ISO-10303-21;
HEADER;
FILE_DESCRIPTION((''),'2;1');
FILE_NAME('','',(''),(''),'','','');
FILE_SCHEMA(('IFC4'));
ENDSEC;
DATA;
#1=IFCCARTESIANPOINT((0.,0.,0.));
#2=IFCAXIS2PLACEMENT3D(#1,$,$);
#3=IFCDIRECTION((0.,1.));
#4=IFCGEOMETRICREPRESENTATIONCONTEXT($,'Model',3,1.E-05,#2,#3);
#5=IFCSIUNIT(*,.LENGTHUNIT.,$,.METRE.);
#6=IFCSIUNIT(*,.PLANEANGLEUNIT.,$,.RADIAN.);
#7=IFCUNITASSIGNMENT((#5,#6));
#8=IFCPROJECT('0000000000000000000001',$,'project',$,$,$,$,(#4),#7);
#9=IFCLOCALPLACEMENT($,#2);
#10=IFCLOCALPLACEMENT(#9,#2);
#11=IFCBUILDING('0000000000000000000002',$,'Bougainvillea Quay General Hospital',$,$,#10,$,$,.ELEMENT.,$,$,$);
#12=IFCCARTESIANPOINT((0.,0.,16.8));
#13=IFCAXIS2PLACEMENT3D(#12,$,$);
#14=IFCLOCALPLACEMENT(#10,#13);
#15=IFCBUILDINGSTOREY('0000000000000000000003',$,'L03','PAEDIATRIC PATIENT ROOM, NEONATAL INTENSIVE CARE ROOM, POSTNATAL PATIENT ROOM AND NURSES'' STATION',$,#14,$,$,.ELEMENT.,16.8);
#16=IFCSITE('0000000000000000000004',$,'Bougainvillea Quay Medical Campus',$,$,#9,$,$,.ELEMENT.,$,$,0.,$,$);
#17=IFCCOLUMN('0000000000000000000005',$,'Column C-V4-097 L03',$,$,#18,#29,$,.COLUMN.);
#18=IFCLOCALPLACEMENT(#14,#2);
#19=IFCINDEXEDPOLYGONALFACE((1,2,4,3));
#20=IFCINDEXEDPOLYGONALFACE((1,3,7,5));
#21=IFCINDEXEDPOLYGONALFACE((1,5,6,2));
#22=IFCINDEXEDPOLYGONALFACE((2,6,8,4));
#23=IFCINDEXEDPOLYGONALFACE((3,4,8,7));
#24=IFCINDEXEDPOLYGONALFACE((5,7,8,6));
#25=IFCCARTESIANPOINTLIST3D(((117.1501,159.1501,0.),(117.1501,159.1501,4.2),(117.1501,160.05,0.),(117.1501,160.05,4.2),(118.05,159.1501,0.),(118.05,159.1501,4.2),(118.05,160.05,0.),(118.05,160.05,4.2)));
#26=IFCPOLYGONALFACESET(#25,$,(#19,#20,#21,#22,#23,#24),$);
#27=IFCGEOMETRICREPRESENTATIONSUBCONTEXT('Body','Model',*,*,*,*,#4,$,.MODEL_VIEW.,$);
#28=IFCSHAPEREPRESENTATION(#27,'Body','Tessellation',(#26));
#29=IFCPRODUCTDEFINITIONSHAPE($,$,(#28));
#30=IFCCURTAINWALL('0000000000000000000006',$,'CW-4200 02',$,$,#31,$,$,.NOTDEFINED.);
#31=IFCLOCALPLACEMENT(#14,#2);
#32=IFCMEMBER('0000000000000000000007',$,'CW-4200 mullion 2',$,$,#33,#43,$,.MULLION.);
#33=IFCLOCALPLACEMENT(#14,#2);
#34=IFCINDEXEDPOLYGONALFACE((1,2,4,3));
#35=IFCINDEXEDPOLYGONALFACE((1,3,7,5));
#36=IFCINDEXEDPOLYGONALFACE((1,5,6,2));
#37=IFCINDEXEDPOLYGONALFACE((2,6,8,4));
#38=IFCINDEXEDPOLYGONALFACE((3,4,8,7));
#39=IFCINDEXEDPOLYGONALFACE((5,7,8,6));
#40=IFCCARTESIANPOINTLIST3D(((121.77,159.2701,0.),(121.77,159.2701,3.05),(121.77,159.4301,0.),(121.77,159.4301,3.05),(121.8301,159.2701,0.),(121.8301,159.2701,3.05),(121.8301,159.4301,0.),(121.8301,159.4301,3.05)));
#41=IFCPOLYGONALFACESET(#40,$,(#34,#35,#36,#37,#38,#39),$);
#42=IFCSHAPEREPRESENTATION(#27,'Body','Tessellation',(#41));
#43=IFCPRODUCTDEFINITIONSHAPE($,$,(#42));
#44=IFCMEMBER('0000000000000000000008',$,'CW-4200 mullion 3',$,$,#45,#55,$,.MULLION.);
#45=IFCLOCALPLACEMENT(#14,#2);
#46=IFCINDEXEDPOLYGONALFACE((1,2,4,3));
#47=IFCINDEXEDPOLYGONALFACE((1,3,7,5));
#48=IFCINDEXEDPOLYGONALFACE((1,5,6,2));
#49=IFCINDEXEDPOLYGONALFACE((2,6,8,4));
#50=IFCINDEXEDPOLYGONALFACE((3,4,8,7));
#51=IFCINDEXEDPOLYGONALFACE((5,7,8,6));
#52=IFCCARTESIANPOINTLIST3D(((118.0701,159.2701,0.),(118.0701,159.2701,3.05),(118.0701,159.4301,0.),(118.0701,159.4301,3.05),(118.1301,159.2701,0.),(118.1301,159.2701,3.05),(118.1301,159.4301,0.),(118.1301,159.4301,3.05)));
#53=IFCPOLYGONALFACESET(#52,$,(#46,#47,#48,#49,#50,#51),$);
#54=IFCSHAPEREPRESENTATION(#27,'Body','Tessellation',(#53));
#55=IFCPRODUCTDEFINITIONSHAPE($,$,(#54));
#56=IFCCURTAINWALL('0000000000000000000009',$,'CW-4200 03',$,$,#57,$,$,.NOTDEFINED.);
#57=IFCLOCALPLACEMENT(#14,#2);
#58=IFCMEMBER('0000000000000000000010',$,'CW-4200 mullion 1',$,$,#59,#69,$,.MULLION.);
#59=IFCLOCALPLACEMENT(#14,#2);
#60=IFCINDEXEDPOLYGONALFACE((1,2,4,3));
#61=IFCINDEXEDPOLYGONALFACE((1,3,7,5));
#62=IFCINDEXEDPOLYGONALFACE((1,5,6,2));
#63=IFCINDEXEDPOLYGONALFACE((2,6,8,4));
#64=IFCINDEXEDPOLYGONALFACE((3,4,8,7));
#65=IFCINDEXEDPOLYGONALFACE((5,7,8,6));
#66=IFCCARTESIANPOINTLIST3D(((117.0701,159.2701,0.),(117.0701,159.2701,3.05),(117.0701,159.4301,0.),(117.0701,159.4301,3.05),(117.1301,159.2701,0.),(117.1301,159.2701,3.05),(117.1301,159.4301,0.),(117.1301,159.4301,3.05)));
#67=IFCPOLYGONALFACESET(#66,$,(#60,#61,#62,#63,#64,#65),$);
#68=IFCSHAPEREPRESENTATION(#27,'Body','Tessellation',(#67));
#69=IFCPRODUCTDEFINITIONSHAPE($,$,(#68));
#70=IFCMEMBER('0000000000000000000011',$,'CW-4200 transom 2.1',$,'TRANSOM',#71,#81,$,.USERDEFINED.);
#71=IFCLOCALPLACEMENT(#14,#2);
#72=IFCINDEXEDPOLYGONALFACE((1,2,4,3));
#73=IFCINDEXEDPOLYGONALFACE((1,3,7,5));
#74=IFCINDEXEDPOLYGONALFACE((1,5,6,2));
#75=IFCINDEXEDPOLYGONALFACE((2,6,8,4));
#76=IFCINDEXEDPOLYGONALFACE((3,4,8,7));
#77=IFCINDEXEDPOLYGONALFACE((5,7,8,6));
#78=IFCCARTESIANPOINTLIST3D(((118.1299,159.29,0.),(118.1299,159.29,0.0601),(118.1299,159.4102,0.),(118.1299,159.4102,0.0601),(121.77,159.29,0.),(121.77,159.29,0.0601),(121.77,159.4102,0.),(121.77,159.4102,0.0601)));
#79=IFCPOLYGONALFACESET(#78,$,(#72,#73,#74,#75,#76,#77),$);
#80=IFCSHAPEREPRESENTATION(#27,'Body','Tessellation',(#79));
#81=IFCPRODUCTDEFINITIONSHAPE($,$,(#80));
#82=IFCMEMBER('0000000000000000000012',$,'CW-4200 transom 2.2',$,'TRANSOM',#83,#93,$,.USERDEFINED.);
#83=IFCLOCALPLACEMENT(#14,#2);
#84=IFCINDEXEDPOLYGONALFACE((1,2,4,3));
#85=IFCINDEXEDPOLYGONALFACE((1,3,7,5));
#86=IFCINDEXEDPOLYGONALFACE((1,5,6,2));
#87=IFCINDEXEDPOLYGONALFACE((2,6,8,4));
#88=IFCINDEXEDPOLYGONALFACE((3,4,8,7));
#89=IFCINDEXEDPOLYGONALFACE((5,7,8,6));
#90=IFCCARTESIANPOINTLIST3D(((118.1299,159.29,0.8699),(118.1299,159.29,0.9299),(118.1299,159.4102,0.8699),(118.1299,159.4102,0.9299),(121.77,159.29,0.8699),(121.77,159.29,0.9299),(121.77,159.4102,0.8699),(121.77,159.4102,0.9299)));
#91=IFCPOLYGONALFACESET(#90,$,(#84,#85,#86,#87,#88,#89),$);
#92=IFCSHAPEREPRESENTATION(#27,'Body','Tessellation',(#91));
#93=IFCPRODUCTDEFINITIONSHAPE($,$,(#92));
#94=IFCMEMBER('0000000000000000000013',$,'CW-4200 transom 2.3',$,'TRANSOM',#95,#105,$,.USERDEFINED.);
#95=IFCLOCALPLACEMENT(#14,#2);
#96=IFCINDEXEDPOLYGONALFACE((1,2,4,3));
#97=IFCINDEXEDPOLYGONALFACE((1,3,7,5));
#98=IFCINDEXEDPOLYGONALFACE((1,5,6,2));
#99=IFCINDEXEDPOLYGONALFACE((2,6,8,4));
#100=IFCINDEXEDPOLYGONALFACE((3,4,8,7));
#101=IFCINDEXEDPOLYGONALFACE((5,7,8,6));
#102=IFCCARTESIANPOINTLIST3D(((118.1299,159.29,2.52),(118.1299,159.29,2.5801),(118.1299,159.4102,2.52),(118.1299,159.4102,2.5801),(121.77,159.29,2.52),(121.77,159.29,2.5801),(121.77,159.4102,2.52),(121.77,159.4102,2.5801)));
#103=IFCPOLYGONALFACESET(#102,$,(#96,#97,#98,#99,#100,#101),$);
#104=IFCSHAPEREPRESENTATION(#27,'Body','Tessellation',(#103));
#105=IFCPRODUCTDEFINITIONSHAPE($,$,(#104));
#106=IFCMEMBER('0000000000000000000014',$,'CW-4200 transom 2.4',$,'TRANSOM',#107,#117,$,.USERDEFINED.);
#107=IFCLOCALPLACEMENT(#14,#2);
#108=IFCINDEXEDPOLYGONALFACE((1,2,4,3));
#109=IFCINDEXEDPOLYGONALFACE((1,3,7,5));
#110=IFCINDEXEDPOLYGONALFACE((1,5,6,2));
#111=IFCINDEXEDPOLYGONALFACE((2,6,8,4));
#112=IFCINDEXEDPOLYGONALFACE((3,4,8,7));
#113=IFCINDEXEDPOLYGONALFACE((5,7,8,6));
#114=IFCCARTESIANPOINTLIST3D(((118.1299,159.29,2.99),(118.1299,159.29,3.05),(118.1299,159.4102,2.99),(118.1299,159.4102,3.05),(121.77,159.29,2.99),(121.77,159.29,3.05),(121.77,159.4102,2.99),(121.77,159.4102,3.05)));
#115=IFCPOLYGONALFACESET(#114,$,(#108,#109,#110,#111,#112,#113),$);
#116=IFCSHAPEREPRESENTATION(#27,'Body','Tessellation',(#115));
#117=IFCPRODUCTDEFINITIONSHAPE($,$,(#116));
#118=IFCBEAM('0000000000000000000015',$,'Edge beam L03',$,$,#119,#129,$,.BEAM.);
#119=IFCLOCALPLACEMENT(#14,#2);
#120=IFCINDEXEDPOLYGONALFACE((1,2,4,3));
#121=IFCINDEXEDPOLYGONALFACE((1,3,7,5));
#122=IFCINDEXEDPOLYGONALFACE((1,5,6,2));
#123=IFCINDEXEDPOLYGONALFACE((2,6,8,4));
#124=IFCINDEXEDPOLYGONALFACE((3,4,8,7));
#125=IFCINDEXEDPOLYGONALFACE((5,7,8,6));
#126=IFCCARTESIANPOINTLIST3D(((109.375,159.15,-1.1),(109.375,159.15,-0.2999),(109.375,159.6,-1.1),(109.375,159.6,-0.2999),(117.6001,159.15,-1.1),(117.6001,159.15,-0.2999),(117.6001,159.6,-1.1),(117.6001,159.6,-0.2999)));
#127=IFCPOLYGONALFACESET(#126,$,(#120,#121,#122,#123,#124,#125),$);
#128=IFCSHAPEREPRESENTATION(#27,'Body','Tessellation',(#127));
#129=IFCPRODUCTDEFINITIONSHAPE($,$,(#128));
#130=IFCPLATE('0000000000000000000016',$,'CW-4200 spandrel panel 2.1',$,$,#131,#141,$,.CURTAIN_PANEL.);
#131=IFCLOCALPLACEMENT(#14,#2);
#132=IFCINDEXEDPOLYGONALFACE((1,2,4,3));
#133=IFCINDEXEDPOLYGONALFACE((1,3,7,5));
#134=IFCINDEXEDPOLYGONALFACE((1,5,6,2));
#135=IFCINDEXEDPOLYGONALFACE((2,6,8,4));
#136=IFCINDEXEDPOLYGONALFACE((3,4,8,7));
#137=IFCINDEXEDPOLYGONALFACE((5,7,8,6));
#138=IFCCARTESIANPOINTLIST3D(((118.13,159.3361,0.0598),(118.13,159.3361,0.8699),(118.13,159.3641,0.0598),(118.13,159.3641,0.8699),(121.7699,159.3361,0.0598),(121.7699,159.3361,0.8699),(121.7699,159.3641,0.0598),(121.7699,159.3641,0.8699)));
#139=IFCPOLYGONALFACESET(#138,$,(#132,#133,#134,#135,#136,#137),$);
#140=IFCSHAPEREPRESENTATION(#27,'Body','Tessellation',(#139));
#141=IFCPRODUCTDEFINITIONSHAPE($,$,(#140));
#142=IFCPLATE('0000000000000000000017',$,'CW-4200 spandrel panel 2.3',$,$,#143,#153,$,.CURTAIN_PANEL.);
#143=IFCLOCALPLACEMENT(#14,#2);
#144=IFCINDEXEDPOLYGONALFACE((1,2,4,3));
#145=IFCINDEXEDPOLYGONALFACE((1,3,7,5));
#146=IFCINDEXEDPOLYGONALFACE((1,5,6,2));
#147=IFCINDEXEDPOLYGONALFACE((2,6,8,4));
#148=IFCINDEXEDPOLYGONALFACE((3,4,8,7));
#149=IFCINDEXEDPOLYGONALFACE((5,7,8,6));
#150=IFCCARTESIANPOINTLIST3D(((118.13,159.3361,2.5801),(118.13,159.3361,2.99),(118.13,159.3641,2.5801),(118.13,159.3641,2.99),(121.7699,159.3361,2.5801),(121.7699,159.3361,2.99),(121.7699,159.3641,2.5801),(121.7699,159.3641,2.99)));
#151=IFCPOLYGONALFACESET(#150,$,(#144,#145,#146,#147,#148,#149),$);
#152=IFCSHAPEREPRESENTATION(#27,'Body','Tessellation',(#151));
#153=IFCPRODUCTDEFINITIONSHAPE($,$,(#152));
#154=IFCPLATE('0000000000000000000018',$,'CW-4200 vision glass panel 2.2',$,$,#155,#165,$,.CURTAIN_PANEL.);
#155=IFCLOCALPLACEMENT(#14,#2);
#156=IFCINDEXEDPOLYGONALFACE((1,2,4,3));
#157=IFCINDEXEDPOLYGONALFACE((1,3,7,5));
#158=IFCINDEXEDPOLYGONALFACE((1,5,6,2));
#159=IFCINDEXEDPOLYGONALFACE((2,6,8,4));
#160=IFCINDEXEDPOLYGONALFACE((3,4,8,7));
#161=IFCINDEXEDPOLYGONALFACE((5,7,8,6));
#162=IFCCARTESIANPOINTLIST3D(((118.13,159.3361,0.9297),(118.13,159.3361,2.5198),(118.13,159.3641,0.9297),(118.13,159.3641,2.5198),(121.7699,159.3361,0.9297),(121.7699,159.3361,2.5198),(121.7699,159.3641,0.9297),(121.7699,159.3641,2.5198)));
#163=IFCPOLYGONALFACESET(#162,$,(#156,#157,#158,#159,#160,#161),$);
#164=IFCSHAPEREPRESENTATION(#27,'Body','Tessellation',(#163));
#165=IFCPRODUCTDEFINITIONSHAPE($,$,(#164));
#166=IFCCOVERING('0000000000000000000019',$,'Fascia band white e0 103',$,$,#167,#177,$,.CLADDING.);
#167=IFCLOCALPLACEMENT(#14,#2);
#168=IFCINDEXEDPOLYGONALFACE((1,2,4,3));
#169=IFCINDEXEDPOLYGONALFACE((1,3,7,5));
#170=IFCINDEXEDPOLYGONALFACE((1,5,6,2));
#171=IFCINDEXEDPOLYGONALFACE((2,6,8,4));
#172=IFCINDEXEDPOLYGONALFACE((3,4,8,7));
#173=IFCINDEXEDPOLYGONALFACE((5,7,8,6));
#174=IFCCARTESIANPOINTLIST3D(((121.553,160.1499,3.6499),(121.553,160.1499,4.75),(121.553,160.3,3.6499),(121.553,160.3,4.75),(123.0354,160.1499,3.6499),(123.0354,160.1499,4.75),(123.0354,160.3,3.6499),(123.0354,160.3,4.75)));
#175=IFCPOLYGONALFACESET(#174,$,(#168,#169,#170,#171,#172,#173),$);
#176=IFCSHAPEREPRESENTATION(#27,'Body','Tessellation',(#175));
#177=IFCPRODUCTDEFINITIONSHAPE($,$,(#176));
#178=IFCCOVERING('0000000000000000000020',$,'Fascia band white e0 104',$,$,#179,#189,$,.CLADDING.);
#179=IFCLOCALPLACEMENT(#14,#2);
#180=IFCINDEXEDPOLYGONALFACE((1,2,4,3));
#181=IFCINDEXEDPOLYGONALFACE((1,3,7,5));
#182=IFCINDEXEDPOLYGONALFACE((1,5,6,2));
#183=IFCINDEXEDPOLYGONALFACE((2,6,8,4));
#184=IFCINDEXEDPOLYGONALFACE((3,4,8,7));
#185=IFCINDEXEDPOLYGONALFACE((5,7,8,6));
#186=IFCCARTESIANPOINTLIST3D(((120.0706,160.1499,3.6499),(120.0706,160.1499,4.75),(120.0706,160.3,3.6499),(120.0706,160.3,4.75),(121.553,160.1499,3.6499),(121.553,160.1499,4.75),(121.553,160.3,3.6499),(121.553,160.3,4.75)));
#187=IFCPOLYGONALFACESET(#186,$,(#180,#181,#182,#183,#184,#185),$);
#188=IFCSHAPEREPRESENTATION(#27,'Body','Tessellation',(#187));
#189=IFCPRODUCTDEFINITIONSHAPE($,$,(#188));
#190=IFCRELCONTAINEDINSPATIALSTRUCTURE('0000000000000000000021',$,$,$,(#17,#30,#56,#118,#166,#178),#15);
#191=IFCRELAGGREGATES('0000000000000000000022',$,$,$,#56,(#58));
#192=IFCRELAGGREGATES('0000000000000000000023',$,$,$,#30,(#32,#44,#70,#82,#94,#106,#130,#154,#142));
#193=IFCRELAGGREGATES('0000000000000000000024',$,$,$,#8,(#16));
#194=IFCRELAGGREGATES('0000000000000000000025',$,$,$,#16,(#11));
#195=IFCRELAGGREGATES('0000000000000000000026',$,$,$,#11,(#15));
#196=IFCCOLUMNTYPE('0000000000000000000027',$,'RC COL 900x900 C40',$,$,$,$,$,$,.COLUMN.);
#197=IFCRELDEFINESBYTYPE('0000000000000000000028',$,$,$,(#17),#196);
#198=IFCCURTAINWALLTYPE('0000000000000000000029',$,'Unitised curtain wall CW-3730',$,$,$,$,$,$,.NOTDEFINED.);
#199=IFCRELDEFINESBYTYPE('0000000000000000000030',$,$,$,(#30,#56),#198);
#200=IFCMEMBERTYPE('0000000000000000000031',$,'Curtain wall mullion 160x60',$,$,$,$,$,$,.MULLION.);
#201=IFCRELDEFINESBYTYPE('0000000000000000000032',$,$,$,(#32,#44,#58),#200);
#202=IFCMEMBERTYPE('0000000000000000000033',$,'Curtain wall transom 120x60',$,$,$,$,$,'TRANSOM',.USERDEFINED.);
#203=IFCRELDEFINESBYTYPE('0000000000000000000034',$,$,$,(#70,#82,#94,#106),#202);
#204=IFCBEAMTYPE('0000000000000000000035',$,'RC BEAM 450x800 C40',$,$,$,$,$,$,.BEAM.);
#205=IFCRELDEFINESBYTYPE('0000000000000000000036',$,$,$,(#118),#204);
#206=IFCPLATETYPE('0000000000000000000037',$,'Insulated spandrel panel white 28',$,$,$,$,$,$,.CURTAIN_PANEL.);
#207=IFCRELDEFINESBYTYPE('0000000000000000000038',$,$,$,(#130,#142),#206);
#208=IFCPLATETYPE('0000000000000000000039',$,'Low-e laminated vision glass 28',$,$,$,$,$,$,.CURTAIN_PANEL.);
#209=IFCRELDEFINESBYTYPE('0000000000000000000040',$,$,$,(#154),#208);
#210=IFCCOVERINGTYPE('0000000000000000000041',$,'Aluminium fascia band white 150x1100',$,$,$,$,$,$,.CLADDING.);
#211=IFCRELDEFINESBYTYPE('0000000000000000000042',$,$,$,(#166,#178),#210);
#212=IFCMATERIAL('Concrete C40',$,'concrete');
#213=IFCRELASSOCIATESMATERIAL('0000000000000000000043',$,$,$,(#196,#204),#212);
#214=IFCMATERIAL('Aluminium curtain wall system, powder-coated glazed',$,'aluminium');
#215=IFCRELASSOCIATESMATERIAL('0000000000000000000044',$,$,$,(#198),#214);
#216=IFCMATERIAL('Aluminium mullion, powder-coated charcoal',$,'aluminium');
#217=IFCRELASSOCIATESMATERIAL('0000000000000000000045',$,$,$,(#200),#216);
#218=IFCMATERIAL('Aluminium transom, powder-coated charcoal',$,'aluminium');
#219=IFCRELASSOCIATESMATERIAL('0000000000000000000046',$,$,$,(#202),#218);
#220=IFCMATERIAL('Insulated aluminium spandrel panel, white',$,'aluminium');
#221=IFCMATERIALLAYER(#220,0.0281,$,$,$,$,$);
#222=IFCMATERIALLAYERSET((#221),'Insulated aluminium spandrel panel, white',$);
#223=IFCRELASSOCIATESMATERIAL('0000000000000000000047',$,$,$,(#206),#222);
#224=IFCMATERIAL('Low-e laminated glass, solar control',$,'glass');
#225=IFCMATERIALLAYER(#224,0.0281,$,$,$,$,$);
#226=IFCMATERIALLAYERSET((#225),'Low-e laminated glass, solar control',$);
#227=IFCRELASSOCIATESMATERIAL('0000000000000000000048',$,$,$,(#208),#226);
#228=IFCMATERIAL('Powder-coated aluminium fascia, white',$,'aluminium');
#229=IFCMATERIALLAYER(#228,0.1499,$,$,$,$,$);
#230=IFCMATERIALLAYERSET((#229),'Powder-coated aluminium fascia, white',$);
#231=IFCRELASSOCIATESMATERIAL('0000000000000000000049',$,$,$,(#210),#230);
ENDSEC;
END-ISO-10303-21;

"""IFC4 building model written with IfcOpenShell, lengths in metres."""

from ifc_helpers import new_model, si_unit, direction, frame, origin, origin_2d, place, context, subcontext, project, spatial, polyline, rectangle, outline, extrude, material, layer, layer_set, material_profile, profile_set, type_object, element, aggregate, save


model = new_model("IFC4")

# Units and contexts
model_context = context("Model", 3, precision=1e-05, world=origin(), true_north=direction((0.0, 1.0)))
body_context = subcontext(model_context, "Body", "Model", "MODEL_VIEW")
ifc_project = project(units=[si_unit("LENGTHUNIT", "METRE"), si_unit("PLANEANGLEUNIT", "RADIAN")], contexts=[model_context])

# Site, building, storey
site_placement = place(None, origin())
site = spatial("IfcSite", under=ifc_project, at=site_placement, Name="Bougainvillea Quay Medical Campus", CompositionType="ELEMENT", RefElevation=0.0)
building_placement = place(site_placement, origin())
building = spatial("IfcBuilding", under=site, at=building_placement, Name="Bougainvillea Quay General Hospital", CompositionType="ELEMENT")
storey_placement = place(building_placement, frame((0.0, 0.0, 16.8)))
storey = spatial("IfcBuildingStorey", under=building, at=storey_placement, Name="L03", Description="PAEDIATRIC PATIENT ROOM, NEONATAL INTENSIVE CARE ROOM, POSTNATAL PATIENT ROOM AND NURSES' STATION", CompositionType="ELEMENT", Elevation=16.8)

# Column
ifc_material_1 = material(Name="Concrete C40", Category="concrete")
ifc_material_profile_1 = material_profile(ifc_material_1, rectangle(XDim=0.8999, YDim=0.8999, at=origin_2d()))
ifc_profile_set_1 = profile_set([ifc_material_profile_1], Name="Concrete C40")
column_type = type_object("IfcColumnType", Name="RC COL 900x900 C40", PredefinedType="COLUMN", material=ifc_profile_set_1)
column_placement = place(storey_placement, frame((117.6001, 159.6001, 0.0), z_axis=(0.0, 0.0, 1.0), x_axis=(1.0, 0.0, 0.0)))
element("IfcColumn", 1, at=column_placement, inside=storey, type_object=column_type, Name="Column C-V4-097 L03", PredefinedType="COLUMN", context=body_context, shape_type="SweptSolid", body=[
    extrude(rectangle(XDim=0.8999, YDim=0.8999, at=origin_2d()), origin(), (0.0, 0.0, 1.0), 4.2),
])

# Curtain wall, members
ifc_material_2 = material(Name="Aluminium curtain wall system, powder-coated glazed", Category="aluminium")
curtain_wall_type = type_object("IfcCurtainWallType", Name="Unitised curtain wall CW-3730", PredefinedType="NOTDEFINED", material=ifc_material_2)
curtain_wall_1_placement = place(storey_placement, origin())
curtain_wall_1 = element("IfcCurtainWall", 2, at=curtain_wall_1_placement, inside=storey, type_object=curtain_wall_type, Name="CW-4200 02", PredefinedType="NOTDEFINED")
ifc_material_3 = material(Name="Aluminium mullion, powder-coated charcoal", Category="aluminium")
ifc_material_profile_2 = material_profile(ifc_material_3, rectangle(XDim=0.1599, YDim=0.0601, at=origin_2d()))
ifc_profile_set_2 = profile_set([ifc_material_profile_2], Name="Aluminium mullion, powder-coated charcoal")
member_type_1 = type_object("IfcMemberType", Name="Curtain wall mullion 160x60", PredefinedType="MULLION", material=ifc_profile_set_2)
member_1_placement = place(storey_placement, frame((121.8, 159.3501, 0.0), z_axis=(0.0, 0.0, 1.0), x_axis=(0.0, -1.0, 0.0)))
member_1 = element("IfcMember", 3, at=member_1_placement, type_object=member_type_1, Name="CW-4200 mullion 2", PredefinedType="MULLION", context=body_context, shape_type="SweptSolid", body=[
    extrude(rectangle(XDim=0.1599, YDim=0.0601, at=origin_2d()), origin(), (0.0, 0.0, 1.0), 3.05),
])
member_2_placement = place(storey_placement, frame((118.1001, 159.3501, 0.0), z_axis=(0.0, 0.0, 1.0), x_axis=(0.0, -1.0, 0.0)))
member_2 = element("IfcMember", 4, at=member_2_placement, type_object=member_type_1, Name="CW-4200 mullion 3", PredefinedType="MULLION", context=body_context, shape_type="SweptSolid", body=[
    extrude(rectangle(XDim=0.1599, YDim=0.0601, at=origin_2d()), origin(), (0.0, 0.0, 1.0), 3.05),
])

# Curtain wall, member
curtain_wall_2_placement = place(storey_placement, origin())
curtain_wall_2 = element("IfcCurtainWall", 5, at=curtain_wall_2_placement, inside=storey, type_object=curtain_wall_type, Name="CW-4200 03", PredefinedType="NOTDEFINED")
member_3_placement = place(storey_placement, frame((117.1001, 159.3501, 0.0), z_axis=(0.0, 0.0, 1.0), x_axis=(0.0, -1.0, 0.0)))
member_3 = element("IfcMember", 6, at=member_3_placement, type_object=member_type_1, Name="CW-4200 mullion 1", PredefinedType="MULLION", context=body_context, shape_type="SweptSolid", body=[
    extrude(rectangle(XDim=0.1599, YDim=0.0601, at=origin_2d()), origin(), (0.0, 0.0, 1.0), 3.05),
])
aggregate(curtain_wall_2, [member_3])

# Members
ifc_material_4 = material(Name="Aluminium transom, powder-coated charcoal", Category="aluminium")
ifc_material_profile_3 = material_profile(ifc_material_4, rectangle(XDim=0.1201, YDim=0.0601, at=origin_2d()))
ifc_profile_set_3 = profile_set([ifc_material_profile_3], Name="Aluminium transom, powder-coated charcoal")
member_type_2 = type_object("IfcMemberType", Name="Curtain wall transom 120x60", ElementType="TRANSOM", PredefinedType="USERDEFINED", material=ifc_profile_set_3)
member_4_placement = place(storey_placement, frame((121.77, 159.3501, 0.03), z_axis=(-1.0, 0.0, 0.0), x_axis=(0.0, -1.0, 0.0)))
member_4 = element("IfcMember", 7, at=member_4_placement, type_object=member_type_2, Name="CW-4200 transom 2.1", ObjectType="TRANSOM", PredefinedType="USERDEFINED", context=body_context, shape_type="SweptSolid", body=[
    extrude(rectangle(XDim=0.1201, YDim=0.0601, at=origin_2d()), origin(), (0.0, 0.0, 1.0), 3.6401),
])
member_5_placement = place(storey_placement, frame((121.77, 159.3501, 0.8999), z_axis=(-1.0, 0.0, 0.0), x_axis=(0.0, -1.0, 0.0)))
member_5 = element("IfcMember", 8, at=member_5_placement, type_object=member_type_2, Name="CW-4200 transom 2.2", ObjectType="TRANSOM", PredefinedType="USERDEFINED", context=body_context, shape_type="SweptSolid", body=[
    extrude(rectangle(XDim=0.1201, YDim=0.0601, at=origin_2d()), origin(), (0.0, 0.0, 1.0), 3.6401),
])
member_6_placement = place(storey_placement, frame((121.77, 159.3501, 2.55), z_axis=(-1.0, 0.0, 0.0), x_axis=(0.0, -1.0, 0.0)))
member_6 = element("IfcMember", 9, at=member_6_placement, type_object=member_type_2, Name="CW-4200 transom 2.3", ObjectType="TRANSOM", PredefinedType="USERDEFINED", context=body_context, shape_type="SweptSolid", body=[
    extrude(rectangle(XDim=0.1201, YDim=0.0601, at=origin_2d()), origin(), (0.0, 0.0, 1.0), 3.6401),
])
member_7_placement = place(storey_placement, frame((121.77, 159.3501, 3.02), z_axis=(-1.0, 0.0, 0.0), x_axis=(0.0, -1.0, 0.0)))
member_7 = element("IfcMember", 10, at=member_7_placement, type_object=member_type_2, Name="CW-4200 transom 2.4", ObjectType="TRANSOM", PredefinedType="USERDEFINED", context=body_context, shape_type="SweptSolid", body=[
    extrude(rectangle(XDim=0.1201, YDim=0.0601, at=origin_2d()), origin(), (0.0, 0.0, 1.0), 3.6401),
])

# Beam
ifc_material_profile_4 = material_profile(ifc_material_1, rectangle(XDim=0.45, YDim=0.8, at=origin_2d()))
ifc_profile_set_4 = profile_set([ifc_material_profile_4], Name="Concrete C40")
beam_type = type_object("IfcBeamType", Name="RC BEAM 450x800 C40", PredefinedType="BEAM", material=ifc_profile_set_4)
beam_placement = place(storey_placement, frame((117.6001, 159.375, -0.7), z_axis=(-1.0, 0.0, 0.0), x_axis=(0.0, -1.0, 0.0)))
element("IfcBeam", 11, at=beam_placement, inside=storey, type_object=beam_type, Name="Edge beam L03", PredefinedType="BEAM", context=body_context, shape_type="SweptSolid", body=[
    extrude(rectangle(XDim=0.45, YDim=0.8, at=origin_2d()), origin(), (0.0, 0.0, 1.0), 8.2251),
])

# Plates
ifc_material_5 = material(Name="Insulated aluminium spandrel panel, white", Category="aluminium")
ifc_layer_1 = layer(ifc_material_5, 0.0281)
ifc_layer_set_1 = layer_set([ifc_layer_1], Name="Insulated aluminium spandrel panel, white")
plate_type_1 = type_object("IfcPlateType", Name="Insulated spandrel panel white 28", PredefinedType="CURTAIN_PANEL", material=ifc_layer_set_1)
plate_1_placement = place(storey_placement, frame((119.95, 159.3501, 0.0598), z_axis=(0.0, 0.0, 1.0), x_axis=(-1.0, 0.0, 0.0)))
plate_1 = element("IfcPlate", 12, at=plate_1_placement, type_object=plate_type_1, Name="CW-4200 spandrel panel 2.1", PredefinedType="CURTAIN_PANEL", context=body_context, shape_type="SweptSolid", body=[
    extrude(rectangle(XDim=3.6399, YDim=0.0281, at=origin_2d()), origin(), (0.0, 0.0, 1.0), 0.8101),
])
plate_2_placement = place(storey_placement, frame((119.95, 159.3501, 2.5801), z_axis=(0.0, 0.0, 1.0), x_axis=(-1.0, 0.0, 0.0)))
plate_2 = element("IfcPlate", 13, at=plate_2_placement, type_object=plate_type_1, Name="CW-4200 spandrel panel 2.3", PredefinedType="CURTAIN_PANEL", context=body_context, shape_type="SweptSolid", body=[
    extrude(rectangle(XDim=3.6399, YDim=0.0281, at=origin_2d()), origin(), (0.0, 0.0, 1.0), 0.4099),
])
ifc_material_6 = material(Name="Low-e laminated glass, solar control", Category="glass")
ifc_layer_2 = layer(ifc_material_6, 0.0281)
ifc_layer_set_2 = layer_set([ifc_layer_2], Name="Low-e laminated glass, solar control")
plate_type_2 = type_object("IfcPlateType", Name="Low-e laminated vision glass 28", PredefinedType="CURTAIN_PANEL", material=ifc_layer_set_2)
plate_3_placement = place(storey_placement, frame((119.95, 159.3501, 0.9297), z_axis=(0.0, 0.0, 1.0), x_axis=(-1.0, 0.0, 0.0)))
plate_3 = element("IfcPlate", 14, at=plate_3_placement, type_object=plate_type_2, Name="CW-4200 vision glass panel 2.2", PredefinedType="CURTAIN_PANEL", context=body_context, shape_type="SweptSolid", body=[
    extrude(rectangle(XDim=3.6399, YDim=0.0281, at=origin_2d()), origin(), (0.0, 0.0, 1.0), 1.5901),
])
aggregate(curtain_wall_1, [member_1, member_2, member_4, member_5, member_6, member_7, plate_1, plate_3, plate_2])

# Coverings
ifc_material_7 = material(Name="Powder-coated aluminium fascia, white", Category="aluminium")
ifc_layer_3 = layer(ifc_material_7, 0.1499)
ifc_layer_set_3 = layer_set([ifc_layer_3], Name="Powder-coated aluminium fascia, white")
covering_type = type_object("IfcCoveringType", Name="Aluminium fascia band white 150x1100", PredefinedType="CLADDING", material=ifc_layer_set_3)
for number, where, z_axis, x_axis, name in (
    (15, (123.0354, 160.1499, 3.6499), (0.0, 0.0, 1.0), (-1.0, 0.0, 0.0), "Fascia band white e0 103"),
    (16, (121.553, 160.1499, 3.6499), (0.0, 0.0, 1.0), (-1.0, 0.0, 0.0), "Fascia band white e0 104"),
):
    element("IfcCovering", number, at=place(storey_placement, frame(where, z_axis=z_axis, x_axis=x_axis)), inside=storey, type_object=covering_type, Name=name, PredefinedType="CLADDING", context=body_context, shape_type="SweptSolid", body=[
        extrude(outline(polyline([(0.0, 0.0), (1.4824, 0.0), (1.4824, -0.1501), (0.0, -0.1501), (0.0, 0.0)])), origin(), (0.0, 0.0, 1.0), 1.1001),
    ])

save(model, "model.ifc")
